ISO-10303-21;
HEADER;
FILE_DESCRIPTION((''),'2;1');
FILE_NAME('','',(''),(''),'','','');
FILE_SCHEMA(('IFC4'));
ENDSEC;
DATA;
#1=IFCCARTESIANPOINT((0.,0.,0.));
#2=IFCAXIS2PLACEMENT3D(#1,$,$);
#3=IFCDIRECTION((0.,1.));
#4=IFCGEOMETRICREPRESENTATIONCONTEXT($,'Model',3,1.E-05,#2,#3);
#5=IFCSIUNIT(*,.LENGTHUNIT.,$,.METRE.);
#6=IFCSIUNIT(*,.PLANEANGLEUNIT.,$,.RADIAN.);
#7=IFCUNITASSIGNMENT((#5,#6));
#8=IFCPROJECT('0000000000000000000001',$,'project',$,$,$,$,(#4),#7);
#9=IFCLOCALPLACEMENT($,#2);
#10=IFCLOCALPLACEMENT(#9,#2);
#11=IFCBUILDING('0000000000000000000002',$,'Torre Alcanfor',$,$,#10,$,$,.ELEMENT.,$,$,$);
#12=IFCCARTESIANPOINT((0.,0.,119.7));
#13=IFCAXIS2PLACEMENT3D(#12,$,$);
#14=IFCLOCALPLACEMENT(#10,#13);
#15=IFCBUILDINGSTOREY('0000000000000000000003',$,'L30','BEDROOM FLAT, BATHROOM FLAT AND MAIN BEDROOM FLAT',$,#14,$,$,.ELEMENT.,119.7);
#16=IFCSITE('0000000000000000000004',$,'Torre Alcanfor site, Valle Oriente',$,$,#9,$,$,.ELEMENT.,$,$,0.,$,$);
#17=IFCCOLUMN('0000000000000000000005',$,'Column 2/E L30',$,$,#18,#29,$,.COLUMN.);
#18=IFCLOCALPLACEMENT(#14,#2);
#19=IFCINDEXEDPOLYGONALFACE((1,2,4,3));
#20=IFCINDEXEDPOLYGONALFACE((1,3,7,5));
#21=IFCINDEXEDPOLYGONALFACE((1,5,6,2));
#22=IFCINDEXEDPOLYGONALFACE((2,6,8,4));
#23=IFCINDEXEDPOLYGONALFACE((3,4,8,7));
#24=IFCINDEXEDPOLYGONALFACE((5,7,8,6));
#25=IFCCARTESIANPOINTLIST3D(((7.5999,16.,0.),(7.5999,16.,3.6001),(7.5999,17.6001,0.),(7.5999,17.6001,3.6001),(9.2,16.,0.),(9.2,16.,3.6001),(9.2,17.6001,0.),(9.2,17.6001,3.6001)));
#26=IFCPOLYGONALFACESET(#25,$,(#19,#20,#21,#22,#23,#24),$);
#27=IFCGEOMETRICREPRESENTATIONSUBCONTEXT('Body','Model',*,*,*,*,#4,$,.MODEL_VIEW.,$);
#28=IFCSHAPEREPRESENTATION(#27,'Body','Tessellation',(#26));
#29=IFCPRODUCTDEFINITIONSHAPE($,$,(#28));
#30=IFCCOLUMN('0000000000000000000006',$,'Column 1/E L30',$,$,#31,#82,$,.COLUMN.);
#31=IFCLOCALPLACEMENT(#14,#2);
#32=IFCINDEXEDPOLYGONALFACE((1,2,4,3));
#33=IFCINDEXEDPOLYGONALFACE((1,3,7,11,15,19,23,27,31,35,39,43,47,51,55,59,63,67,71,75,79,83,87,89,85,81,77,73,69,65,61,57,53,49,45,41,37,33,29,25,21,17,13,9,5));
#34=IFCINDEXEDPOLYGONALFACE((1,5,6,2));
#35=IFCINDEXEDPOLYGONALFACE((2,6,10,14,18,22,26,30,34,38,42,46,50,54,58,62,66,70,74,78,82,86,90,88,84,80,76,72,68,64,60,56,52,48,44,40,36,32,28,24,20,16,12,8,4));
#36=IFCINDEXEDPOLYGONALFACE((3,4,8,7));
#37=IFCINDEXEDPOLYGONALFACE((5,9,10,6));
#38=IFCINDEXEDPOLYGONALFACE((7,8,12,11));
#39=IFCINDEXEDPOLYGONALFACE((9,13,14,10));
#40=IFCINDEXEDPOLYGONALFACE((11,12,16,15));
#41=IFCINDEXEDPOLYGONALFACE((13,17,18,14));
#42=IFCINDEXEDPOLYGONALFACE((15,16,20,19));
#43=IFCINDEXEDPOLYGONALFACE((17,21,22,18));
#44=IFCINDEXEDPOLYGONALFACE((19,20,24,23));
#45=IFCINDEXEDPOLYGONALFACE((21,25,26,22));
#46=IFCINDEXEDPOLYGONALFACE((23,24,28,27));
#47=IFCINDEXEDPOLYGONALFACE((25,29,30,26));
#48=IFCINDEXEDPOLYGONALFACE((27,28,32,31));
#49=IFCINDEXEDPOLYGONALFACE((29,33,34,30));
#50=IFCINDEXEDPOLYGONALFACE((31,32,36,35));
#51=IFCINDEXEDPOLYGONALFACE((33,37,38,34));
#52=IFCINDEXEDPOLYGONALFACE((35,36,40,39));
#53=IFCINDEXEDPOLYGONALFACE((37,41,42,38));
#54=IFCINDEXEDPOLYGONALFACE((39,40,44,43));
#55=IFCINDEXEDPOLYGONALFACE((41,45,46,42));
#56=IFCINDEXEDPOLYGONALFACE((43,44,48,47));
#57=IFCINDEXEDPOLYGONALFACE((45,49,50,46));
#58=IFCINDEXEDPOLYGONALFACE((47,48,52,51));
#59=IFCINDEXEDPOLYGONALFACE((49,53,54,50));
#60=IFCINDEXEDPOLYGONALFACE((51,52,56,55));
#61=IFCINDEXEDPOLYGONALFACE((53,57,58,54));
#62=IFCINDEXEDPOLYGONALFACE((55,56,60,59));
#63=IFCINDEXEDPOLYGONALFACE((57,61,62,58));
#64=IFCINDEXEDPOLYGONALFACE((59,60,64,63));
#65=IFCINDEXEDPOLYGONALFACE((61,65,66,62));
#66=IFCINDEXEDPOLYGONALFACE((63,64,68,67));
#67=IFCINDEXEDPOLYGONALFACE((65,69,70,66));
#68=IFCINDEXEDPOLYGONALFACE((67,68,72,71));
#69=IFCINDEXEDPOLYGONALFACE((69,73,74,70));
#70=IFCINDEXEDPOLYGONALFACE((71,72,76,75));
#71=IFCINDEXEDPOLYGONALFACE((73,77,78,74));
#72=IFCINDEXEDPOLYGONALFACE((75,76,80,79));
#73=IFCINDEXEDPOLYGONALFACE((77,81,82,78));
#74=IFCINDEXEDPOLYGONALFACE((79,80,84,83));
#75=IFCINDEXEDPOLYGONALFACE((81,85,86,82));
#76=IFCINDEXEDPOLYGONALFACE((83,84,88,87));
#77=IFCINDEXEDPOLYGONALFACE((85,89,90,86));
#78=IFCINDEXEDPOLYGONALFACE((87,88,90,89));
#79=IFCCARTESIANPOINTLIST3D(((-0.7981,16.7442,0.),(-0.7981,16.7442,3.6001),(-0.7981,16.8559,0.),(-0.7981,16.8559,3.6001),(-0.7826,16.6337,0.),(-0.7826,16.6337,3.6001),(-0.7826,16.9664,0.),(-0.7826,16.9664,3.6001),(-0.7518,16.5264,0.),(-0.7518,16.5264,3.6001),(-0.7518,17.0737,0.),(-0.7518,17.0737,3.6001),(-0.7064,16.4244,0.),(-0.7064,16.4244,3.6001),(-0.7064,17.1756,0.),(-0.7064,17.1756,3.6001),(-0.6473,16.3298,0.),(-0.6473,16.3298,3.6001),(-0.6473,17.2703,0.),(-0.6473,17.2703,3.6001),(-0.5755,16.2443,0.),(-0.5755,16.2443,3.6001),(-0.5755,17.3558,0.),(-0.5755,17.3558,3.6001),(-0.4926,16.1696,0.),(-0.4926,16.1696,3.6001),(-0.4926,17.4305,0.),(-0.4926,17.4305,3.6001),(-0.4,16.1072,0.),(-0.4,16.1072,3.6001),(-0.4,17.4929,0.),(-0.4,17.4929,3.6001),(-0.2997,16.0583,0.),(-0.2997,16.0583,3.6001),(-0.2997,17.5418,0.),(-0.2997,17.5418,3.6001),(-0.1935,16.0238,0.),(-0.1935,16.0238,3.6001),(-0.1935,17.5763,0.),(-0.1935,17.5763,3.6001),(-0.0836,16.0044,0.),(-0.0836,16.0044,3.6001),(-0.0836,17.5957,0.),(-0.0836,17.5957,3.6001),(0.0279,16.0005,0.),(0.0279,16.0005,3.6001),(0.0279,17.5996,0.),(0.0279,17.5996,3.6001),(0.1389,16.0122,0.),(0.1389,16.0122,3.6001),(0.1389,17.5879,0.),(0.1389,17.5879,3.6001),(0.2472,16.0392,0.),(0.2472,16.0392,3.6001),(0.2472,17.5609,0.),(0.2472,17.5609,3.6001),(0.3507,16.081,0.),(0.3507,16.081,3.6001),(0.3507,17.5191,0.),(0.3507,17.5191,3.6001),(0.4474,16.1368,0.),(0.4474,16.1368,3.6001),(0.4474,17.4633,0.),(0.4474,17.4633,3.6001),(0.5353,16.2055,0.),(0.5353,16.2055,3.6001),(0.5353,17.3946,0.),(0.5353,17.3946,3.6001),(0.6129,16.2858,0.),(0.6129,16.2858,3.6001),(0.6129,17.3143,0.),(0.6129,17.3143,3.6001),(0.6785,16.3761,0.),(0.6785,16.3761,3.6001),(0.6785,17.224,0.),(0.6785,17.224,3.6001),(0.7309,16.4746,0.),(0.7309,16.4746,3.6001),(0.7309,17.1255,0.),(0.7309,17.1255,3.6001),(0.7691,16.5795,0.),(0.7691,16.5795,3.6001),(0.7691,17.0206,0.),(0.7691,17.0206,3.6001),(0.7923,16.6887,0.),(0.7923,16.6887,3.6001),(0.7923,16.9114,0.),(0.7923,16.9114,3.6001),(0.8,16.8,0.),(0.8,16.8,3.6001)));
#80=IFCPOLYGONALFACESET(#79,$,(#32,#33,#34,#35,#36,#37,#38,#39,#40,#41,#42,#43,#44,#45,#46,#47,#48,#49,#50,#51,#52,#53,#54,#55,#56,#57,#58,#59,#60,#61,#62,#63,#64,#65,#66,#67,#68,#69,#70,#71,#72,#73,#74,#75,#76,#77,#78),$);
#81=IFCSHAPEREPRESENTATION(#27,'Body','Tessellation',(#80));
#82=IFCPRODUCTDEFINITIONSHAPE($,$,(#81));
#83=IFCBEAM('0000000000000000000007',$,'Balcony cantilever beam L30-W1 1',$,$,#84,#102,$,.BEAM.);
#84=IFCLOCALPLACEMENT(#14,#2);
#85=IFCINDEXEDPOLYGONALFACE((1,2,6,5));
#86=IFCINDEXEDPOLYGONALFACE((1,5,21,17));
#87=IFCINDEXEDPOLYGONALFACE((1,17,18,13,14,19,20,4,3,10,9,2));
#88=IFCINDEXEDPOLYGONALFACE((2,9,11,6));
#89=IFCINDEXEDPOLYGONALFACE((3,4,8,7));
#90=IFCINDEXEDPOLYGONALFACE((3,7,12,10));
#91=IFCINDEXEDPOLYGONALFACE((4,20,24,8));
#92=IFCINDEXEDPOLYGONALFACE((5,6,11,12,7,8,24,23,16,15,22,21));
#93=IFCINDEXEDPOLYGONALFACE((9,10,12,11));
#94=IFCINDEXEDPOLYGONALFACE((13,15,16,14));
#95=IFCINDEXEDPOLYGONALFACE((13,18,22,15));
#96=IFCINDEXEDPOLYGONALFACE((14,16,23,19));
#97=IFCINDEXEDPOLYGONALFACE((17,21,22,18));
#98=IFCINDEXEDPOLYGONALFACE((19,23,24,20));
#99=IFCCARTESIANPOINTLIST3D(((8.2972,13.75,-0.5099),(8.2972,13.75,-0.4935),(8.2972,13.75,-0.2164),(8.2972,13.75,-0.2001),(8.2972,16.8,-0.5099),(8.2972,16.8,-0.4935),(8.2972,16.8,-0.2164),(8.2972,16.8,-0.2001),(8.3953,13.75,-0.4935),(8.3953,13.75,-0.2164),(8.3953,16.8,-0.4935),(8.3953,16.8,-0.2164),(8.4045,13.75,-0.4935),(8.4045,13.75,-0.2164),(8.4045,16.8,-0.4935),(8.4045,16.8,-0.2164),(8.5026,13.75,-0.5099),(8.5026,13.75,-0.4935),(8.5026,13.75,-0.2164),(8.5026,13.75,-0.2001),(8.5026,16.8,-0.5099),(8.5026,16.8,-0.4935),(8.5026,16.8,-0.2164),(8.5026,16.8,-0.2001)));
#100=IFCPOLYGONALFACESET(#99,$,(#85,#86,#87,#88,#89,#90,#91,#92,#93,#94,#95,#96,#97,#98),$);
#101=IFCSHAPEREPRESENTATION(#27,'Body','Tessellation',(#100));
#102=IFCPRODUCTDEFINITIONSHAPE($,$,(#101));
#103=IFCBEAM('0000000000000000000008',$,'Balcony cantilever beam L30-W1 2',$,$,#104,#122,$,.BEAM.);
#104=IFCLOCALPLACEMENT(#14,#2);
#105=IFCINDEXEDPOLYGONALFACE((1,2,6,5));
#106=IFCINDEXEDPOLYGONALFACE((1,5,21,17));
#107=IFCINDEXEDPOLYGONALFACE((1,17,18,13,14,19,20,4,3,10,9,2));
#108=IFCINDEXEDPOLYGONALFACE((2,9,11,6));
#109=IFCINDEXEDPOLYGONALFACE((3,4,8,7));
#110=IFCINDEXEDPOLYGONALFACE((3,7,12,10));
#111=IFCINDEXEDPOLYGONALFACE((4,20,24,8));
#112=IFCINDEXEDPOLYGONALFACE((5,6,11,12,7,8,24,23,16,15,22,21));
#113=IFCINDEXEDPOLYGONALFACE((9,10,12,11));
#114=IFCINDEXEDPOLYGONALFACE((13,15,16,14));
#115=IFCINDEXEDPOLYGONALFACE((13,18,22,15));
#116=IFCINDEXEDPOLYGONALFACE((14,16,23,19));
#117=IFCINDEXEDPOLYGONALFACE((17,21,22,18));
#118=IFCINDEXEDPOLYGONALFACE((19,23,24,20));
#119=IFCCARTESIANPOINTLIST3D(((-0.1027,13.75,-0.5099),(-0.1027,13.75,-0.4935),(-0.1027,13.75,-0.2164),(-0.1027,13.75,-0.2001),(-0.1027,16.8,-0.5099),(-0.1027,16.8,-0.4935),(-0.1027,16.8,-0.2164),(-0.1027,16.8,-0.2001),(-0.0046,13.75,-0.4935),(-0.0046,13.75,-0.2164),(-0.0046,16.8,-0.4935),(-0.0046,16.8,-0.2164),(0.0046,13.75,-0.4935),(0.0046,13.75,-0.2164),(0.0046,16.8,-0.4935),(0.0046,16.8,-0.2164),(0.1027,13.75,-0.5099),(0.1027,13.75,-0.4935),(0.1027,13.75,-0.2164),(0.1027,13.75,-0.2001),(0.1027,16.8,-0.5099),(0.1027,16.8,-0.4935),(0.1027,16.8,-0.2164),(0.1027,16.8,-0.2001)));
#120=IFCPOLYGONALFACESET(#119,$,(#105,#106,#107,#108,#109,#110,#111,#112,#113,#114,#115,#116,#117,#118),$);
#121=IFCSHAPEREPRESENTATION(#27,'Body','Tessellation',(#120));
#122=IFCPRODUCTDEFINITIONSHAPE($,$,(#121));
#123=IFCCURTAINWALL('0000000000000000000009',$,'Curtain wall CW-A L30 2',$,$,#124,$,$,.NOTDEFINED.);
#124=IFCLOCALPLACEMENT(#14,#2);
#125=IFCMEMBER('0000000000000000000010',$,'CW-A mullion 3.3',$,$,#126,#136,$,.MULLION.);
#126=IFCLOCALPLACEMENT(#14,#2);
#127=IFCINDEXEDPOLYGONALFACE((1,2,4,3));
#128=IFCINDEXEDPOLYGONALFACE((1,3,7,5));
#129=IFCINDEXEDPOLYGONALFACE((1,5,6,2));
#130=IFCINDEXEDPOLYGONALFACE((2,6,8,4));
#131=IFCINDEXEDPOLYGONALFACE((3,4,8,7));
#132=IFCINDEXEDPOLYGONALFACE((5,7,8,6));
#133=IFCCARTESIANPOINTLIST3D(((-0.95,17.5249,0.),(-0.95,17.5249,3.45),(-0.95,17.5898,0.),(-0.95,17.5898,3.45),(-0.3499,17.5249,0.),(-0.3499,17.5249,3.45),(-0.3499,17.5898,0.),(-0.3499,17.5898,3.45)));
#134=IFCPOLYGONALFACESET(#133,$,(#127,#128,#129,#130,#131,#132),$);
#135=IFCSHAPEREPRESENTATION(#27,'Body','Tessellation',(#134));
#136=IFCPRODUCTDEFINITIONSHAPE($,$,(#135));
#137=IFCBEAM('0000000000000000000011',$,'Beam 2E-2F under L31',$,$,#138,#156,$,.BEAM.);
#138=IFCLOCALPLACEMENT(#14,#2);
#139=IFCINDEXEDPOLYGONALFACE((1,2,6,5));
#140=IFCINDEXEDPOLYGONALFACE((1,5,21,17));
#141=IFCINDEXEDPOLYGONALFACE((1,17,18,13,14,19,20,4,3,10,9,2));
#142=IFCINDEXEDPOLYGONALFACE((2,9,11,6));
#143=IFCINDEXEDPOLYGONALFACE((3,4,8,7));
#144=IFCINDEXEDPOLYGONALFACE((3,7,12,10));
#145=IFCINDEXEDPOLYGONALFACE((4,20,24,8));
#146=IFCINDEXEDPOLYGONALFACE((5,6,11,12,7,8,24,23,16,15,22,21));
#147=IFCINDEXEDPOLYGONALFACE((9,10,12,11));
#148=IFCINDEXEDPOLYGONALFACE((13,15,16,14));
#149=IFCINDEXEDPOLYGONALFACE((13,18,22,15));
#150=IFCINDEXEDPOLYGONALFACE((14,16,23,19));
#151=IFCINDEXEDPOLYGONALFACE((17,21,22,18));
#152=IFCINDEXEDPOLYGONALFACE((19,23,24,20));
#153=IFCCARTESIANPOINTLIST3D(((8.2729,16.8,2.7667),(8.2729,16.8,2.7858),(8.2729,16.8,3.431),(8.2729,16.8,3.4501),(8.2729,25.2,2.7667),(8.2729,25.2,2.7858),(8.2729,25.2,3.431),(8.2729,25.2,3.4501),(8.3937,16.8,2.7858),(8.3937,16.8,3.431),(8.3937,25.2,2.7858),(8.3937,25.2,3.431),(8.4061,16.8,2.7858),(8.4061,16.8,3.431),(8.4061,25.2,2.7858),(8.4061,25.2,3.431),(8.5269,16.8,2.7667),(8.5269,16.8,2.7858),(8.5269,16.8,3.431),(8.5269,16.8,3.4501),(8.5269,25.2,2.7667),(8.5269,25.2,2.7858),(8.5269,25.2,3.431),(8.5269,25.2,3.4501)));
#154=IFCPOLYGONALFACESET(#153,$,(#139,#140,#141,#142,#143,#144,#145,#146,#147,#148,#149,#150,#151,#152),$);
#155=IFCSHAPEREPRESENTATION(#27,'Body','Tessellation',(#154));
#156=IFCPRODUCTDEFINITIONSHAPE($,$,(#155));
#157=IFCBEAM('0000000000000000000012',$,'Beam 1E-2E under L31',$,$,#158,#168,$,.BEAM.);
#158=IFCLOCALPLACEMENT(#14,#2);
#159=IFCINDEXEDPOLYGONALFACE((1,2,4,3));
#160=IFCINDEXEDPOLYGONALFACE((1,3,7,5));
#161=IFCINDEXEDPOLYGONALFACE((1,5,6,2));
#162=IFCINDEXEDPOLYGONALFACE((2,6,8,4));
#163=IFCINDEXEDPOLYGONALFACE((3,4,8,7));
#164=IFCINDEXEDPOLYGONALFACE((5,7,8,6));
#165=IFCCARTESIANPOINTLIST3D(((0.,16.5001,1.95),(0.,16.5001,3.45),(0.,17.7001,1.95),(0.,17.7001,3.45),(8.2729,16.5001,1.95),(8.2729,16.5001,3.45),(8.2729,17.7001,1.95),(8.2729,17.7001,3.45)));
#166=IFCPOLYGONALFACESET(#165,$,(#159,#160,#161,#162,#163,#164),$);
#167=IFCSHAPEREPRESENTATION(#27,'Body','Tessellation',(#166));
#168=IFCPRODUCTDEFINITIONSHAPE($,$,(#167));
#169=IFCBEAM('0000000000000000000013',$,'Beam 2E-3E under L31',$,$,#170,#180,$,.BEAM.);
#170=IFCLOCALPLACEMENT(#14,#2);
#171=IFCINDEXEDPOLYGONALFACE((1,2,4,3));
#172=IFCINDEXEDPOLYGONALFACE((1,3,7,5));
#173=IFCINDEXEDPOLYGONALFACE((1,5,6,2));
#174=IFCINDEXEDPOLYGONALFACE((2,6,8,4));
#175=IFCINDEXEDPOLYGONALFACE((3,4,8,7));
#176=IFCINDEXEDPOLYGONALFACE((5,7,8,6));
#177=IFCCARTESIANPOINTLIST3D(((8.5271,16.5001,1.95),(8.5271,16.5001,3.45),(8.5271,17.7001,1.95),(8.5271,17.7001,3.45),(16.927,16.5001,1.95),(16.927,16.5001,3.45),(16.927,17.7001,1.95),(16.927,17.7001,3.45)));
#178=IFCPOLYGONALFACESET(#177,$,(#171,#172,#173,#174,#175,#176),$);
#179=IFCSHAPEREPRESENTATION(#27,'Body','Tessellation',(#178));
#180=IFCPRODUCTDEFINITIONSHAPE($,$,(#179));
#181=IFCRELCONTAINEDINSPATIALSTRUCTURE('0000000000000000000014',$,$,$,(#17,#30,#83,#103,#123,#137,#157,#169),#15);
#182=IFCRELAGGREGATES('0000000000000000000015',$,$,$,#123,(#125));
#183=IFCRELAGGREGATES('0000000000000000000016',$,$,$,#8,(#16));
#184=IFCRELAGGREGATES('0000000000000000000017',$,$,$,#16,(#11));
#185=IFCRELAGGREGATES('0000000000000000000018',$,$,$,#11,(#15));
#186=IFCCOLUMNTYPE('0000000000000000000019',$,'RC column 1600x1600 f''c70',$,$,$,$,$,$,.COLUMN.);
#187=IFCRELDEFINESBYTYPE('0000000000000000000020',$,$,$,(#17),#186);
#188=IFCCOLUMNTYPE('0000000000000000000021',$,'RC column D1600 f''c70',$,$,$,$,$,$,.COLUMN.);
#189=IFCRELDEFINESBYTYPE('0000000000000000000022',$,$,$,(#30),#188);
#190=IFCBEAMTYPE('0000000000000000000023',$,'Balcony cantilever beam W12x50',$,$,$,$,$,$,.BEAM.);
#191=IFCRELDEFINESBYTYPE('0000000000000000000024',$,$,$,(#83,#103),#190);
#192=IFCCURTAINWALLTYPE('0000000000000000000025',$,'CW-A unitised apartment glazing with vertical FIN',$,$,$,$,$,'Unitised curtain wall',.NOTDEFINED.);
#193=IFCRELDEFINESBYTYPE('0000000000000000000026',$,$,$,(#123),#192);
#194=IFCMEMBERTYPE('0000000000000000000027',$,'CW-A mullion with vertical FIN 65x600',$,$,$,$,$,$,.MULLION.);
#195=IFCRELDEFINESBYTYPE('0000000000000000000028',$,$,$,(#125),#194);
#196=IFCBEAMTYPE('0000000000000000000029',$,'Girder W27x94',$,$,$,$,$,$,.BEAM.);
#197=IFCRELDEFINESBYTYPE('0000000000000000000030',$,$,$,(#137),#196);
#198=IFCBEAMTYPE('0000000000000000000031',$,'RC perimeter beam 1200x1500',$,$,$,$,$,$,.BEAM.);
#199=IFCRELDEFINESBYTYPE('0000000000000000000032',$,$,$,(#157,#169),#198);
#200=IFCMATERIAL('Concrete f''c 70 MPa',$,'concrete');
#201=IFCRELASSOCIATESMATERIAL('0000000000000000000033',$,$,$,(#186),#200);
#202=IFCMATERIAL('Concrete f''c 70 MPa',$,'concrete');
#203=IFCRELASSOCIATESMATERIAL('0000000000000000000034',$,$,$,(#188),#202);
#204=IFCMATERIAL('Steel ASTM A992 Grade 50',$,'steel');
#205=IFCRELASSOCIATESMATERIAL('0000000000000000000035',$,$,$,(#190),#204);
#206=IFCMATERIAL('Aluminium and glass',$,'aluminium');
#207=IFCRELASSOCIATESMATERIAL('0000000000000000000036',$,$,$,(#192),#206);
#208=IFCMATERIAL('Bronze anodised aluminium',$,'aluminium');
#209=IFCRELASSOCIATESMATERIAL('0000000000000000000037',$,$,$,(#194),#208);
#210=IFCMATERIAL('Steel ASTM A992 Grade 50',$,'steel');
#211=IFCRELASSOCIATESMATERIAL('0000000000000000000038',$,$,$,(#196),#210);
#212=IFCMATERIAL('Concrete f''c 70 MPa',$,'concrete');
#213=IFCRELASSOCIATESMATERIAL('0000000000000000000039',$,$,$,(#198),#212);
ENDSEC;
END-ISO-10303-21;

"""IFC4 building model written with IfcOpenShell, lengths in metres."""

from ifc_helpers import new_model, si_unit, direction, frame, origin, origin_2d, place, context, subcontext, project, spatial, rectangle, circle, i_section, extrude, material, material_profile, profile_set, type_object, element, aggregate, save


model = new_model("IFC4")

# Units and contexts
model_context = context("Model", 3, precision=1e-05, world=origin(), true_north=direction((0.0, 1.0)))
body_context = subcontext(model_context, "Body", "Model", "MODEL_VIEW")
ifc_project = project(units=[si_unit("LENGTHUNIT", "METRE"), si_unit("PLANEANGLEUNIT", "RADIAN")], contexts=[model_context])

# Site, building, storey
site_placement = place(None, origin())
site = spatial("IfcSite", under=ifc_project, at=site_placement, Name="Torre Alcanfor site, Valle Oriente", CompositionType="ELEMENT", RefElevation=0.0)
building_placement = place(site_placement, origin())
building = spatial("IfcBuilding", under=site, at=building_placement, Name="Torre Alcanfor", CompositionType="ELEMENT")
storey_placement = place(building_placement, frame((0.0, 0.0, 119.7)))
storey = spatial("IfcBuildingStorey", under=building, at=storey_placement, Name="L30", Description="BEDROOM FLAT, BATHROOM FLAT AND MAIN BEDROOM FLAT", CompositionType="ELEMENT", Elevation=119.7)

# Columns
ifc_material_1 = material(Name="Concrete f'c 70 MPa", Category="concrete")
ifc_material_profile_1 = material_profile(ifc_material_1, rectangle(XDim=1.6001, YDim=1.6001, at=origin_2d()), Name="1600x1600")
ifc_profile_set_1 = profile_set([ifc_material_profile_1], Name="Concrete f'c 70 MPa")
column_type_1 = type_object("IfcColumnType", Name="RC column 1600x1600 f'c70", PredefinedType="COLUMN", material=ifc_profile_set_1)
column_1_placement = place(storey_placement, frame((8.3999, 16.8, 0.0), z_axis=(0.0, 0.0, 1.0), x_axis=(1.0, 0.0, 0.0)))
element("IfcColumn", 1, at=column_1_placement, inside=storey, type_object=column_type_1, Name="Column 2/E L30", PredefinedType="COLUMN", context=body_context, shape_type="SweptSolid", body=[
    extrude(rectangle(XDim=1.6001, YDim=1.6001, at=origin_2d()), origin(), (0.0, 0.0, 1.0), 3.6001),
])
ifc_material_2 = material(Name="Concrete f'c 70 MPa", Category="concrete")
ifc_material_profile_2 = material_profile(ifc_material_2, circle(Radius=0.8, at=origin_2d()), Name="D1600")
ifc_profile_set_2 = profile_set([ifc_material_profile_2], Name="Concrete f'c 70 MPa")
column_type_2 = type_object("IfcColumnType", Name="RC column D1600 f'c70", PredefinedType="COLUMN", material=ifc_profile_set_2)
column_2_placement = place(storey_placement, frame((0.0, 16.8, 0.0), z_axis=(0.0, 0.0, 1.0), x_axis=(1.0, 0.0, 0.0)))
element("IfcColumn", 2, at=column_2_placement, inside=storey, type_object=column_type_2, Name="Column 1/E L30", PredefinedType="COLUMN", context=body_context, shape_type="SweptSolid", body=[
    extrude(circle(Radius=0.8, at=origin_2d()), origin(), (0.0, 0.0, 1.0), 3.6001),
])

# Beams
ifc_material_3 = material(Name="Steel ASTM A992 Grade 50", Category="steel")
ifc_material_profile_3 = material_profile(ifc_material_3, i_section(OverallWidth=0.2053, OverallDepth=0.3098, WebThickness=0.0093, FlangeThickness=0.0164, at=origin_2d()), Name="W12x50")
ifc_profile_set_3 = profile_set([ifc_material_profile_3], Name="Steel ASTM A992 Grade 50")
beam_type_1 = type_object("IfcBeamType", Name="Balcony cantilever beam W12x50", PredefinedType="BEAM", material=ifc_profile_set_3)
for number, where, z_axis, x_axis, name in (
    (3, (8.3999, 16.8, -0.355), (0.0, -1.0, 0.0), (1.0, 0.0, 0.0), "Balcony cantilever beam L30-W1 1"),
    (4, (0.0, 16.8, -0.355), (0.0, -1.0, 0.0), (1.0, 0.0, 0.0), "Balcony cantilever beam L30-W1 2"),
):
    element("IfcBeam", number, at=place(storey_placement, frame(where, z_axis=z_axis, x_axis=x_axis)), inside=storey, type_object=beam_type_1, Name=name, PredefinedType="BEAM", context=body_context, shape_type="SweptSolid", body=[
        extrude(i_section(OverallWidth=0.2053, OverallDepth=0.3098, WebThickness=0.0093, FlangeThickness=0.0164, at=origin_2d()), origin(), (0.0, 0.0, 1.0), 3.05),
    ])

# Curtain wall, member
ifc_material_4 = material(Name="Aluminium and glass", Category="aluminium")
curtain_wall_type = type_object("IfcCurtainWallType", Name="CW-A unitised apartment glazing with vertical FIN", ElementType="Unitised curtain wall", PredefinedType="NOTDEFINED", material=ifc_material_4)
curtain_wall_placement = place(storey_placement, origin())
curtain_wall = element("IfcCurtainWall", 5, at=curtain_wall_placement, inside=storey, type_object=curtain_wall_type, Name="Curtain wall CW-A L30 2", PredefinedType="NOTDEFINED")
ifc_material_5 = material(Name="Bronze anodised aluminium", Category="aluminium")
ifc_material_profile_4 = material_profile(ifc_material_5, rectangle(XDim=0.6001, YDim=0.0649, at=origin_2d()), Name="CW-A mullion 65x600")
ifc_profile_set_4 = profile_set([ifc_material_profile_4], Name="Bronze anodised aluminium")
member_type = type_object("IfcMemberType", Name="CW-A mullion with vertical FIN 65x600", PredefinedType="MULLION", material=ifc_profile_set_4)
member_placement = place(storey_placement, frame((-0.6499, 17.5574, 0.0), z_axis=(0.0, 0.0, 1.0), x_axis=(1.0, 0.0, 0.0)))
member = element("IfcMember", 6, at=member_placement, type_object=member_type, Name="CW-A mullion 3.3", PredefinedType="MULLION", context=body_context, shape_type="SweptSolid", body=[
    extrude(rectangle(XDim=0.6001, YDim=0.0649, at=origin_2d()), origin(), (0.0, 0.0, 1.0), 3.45),
])
aggregate(curtain_wall, [member])

# Beams
ifc_material_6 = material(Name="Steel ASTM A992 Grade 50", Category="steel")
ifc_material_profile_5 = material_profile(ifc_material_6, i_section(OverallWidth=0.2539, OverallDepth=0.6833, WebThickness=0.0125, FlangeThickness=0.019, at=origin_2d()), Name="W27x94")
ifc_profile_set_5 = profile_set([ifc_material_profile_5], Name="Steel ASTM A992 Grade 50")
beam_type_2 = type_object("IfcBeamType", Name="Girder W27x94", PredefinedType="BEAM", material=ifc_profile_set_5)
beam_1_placement = place(storey_placement, frame((8.3999, 16.8, 3.1084), z_axis=(0.0, 1.0, 0.0), x_axis=(-1.0, 0.0, 0.0)))
element("IfcBeam", 7, at=beam_1_placement, inside=storey, type_object=beam_type_2, Name="Beam 2E-2F under L31", PredefinedType="BEAM", context=body_context, shape_type="SweptSolid", body=[
    extrude(i_section(OverallWidth=0.2539, OverallDepth=0.6833, WebThickness=0.0125, FlangeThickness=0.019, at=origin_2d()), origin(), (0.0, 0.0, 1.0), 8.3999),
])
ifc_material_7 = material(Name="Concrete f'c 70 MPa", Category="concrete")
ifc_material_profile_6 = material_profile(ifc_material_7, rectangle(XDim=1.2, YDim=1.5, at=origin_2d()), Name="1200x1500")
ifc_profile_set_6 = profile_set([ifc_material_profile_6], Name="Concrete f'c 70 MPa")
beam_type_3 = type_object("IfcBeamType", Name="RC perimeter beam 1200x1500", PredefinedType="BEAM", material=ifc_profile_set_6)
beam_2_placement = place(storey_placement, frame((0.0, 17.1001, 2.7), z_axis=(1.0, 0.0, 0.0), x_axis=(0.0, 1.0, 0.0)))
element("IfcBeam", 8, at=beam_2_placement, inside=storey, type_object=beam_type_3, Name="Beam 1E-2E under L31", PredefinedType="BEAM", context=body_context, shape_type="SweptSolid", body=[
    extrude(rectangle(XDim=1.2, YDim=1.5, at=origin_2d()), origin(), (0.0, 0.0, 1.0), 8.2729),
])
beam_3_placement = place(storey_placement, frame((8.5271, 17.1001, 2.7), z_axis=(1.0, 0.0, 0.0), x_axis=(0.0, 1.0, 0.0)))
element("IfcBeam", 9, at=beam_3_placement, inside=storey, type_object=beam_type_3, Name="Beam 2E-3E under L31", PredefinedType="BEAM", context=body_context, shape_type="SweptSolid", body=[
    extrude(rectangle(XDim=1.2, YDim=1.5, at=origin_2d()), origin(), (0.0, 0.0, 1.0), 8.3999),
])

save(model, "model.ifc")
